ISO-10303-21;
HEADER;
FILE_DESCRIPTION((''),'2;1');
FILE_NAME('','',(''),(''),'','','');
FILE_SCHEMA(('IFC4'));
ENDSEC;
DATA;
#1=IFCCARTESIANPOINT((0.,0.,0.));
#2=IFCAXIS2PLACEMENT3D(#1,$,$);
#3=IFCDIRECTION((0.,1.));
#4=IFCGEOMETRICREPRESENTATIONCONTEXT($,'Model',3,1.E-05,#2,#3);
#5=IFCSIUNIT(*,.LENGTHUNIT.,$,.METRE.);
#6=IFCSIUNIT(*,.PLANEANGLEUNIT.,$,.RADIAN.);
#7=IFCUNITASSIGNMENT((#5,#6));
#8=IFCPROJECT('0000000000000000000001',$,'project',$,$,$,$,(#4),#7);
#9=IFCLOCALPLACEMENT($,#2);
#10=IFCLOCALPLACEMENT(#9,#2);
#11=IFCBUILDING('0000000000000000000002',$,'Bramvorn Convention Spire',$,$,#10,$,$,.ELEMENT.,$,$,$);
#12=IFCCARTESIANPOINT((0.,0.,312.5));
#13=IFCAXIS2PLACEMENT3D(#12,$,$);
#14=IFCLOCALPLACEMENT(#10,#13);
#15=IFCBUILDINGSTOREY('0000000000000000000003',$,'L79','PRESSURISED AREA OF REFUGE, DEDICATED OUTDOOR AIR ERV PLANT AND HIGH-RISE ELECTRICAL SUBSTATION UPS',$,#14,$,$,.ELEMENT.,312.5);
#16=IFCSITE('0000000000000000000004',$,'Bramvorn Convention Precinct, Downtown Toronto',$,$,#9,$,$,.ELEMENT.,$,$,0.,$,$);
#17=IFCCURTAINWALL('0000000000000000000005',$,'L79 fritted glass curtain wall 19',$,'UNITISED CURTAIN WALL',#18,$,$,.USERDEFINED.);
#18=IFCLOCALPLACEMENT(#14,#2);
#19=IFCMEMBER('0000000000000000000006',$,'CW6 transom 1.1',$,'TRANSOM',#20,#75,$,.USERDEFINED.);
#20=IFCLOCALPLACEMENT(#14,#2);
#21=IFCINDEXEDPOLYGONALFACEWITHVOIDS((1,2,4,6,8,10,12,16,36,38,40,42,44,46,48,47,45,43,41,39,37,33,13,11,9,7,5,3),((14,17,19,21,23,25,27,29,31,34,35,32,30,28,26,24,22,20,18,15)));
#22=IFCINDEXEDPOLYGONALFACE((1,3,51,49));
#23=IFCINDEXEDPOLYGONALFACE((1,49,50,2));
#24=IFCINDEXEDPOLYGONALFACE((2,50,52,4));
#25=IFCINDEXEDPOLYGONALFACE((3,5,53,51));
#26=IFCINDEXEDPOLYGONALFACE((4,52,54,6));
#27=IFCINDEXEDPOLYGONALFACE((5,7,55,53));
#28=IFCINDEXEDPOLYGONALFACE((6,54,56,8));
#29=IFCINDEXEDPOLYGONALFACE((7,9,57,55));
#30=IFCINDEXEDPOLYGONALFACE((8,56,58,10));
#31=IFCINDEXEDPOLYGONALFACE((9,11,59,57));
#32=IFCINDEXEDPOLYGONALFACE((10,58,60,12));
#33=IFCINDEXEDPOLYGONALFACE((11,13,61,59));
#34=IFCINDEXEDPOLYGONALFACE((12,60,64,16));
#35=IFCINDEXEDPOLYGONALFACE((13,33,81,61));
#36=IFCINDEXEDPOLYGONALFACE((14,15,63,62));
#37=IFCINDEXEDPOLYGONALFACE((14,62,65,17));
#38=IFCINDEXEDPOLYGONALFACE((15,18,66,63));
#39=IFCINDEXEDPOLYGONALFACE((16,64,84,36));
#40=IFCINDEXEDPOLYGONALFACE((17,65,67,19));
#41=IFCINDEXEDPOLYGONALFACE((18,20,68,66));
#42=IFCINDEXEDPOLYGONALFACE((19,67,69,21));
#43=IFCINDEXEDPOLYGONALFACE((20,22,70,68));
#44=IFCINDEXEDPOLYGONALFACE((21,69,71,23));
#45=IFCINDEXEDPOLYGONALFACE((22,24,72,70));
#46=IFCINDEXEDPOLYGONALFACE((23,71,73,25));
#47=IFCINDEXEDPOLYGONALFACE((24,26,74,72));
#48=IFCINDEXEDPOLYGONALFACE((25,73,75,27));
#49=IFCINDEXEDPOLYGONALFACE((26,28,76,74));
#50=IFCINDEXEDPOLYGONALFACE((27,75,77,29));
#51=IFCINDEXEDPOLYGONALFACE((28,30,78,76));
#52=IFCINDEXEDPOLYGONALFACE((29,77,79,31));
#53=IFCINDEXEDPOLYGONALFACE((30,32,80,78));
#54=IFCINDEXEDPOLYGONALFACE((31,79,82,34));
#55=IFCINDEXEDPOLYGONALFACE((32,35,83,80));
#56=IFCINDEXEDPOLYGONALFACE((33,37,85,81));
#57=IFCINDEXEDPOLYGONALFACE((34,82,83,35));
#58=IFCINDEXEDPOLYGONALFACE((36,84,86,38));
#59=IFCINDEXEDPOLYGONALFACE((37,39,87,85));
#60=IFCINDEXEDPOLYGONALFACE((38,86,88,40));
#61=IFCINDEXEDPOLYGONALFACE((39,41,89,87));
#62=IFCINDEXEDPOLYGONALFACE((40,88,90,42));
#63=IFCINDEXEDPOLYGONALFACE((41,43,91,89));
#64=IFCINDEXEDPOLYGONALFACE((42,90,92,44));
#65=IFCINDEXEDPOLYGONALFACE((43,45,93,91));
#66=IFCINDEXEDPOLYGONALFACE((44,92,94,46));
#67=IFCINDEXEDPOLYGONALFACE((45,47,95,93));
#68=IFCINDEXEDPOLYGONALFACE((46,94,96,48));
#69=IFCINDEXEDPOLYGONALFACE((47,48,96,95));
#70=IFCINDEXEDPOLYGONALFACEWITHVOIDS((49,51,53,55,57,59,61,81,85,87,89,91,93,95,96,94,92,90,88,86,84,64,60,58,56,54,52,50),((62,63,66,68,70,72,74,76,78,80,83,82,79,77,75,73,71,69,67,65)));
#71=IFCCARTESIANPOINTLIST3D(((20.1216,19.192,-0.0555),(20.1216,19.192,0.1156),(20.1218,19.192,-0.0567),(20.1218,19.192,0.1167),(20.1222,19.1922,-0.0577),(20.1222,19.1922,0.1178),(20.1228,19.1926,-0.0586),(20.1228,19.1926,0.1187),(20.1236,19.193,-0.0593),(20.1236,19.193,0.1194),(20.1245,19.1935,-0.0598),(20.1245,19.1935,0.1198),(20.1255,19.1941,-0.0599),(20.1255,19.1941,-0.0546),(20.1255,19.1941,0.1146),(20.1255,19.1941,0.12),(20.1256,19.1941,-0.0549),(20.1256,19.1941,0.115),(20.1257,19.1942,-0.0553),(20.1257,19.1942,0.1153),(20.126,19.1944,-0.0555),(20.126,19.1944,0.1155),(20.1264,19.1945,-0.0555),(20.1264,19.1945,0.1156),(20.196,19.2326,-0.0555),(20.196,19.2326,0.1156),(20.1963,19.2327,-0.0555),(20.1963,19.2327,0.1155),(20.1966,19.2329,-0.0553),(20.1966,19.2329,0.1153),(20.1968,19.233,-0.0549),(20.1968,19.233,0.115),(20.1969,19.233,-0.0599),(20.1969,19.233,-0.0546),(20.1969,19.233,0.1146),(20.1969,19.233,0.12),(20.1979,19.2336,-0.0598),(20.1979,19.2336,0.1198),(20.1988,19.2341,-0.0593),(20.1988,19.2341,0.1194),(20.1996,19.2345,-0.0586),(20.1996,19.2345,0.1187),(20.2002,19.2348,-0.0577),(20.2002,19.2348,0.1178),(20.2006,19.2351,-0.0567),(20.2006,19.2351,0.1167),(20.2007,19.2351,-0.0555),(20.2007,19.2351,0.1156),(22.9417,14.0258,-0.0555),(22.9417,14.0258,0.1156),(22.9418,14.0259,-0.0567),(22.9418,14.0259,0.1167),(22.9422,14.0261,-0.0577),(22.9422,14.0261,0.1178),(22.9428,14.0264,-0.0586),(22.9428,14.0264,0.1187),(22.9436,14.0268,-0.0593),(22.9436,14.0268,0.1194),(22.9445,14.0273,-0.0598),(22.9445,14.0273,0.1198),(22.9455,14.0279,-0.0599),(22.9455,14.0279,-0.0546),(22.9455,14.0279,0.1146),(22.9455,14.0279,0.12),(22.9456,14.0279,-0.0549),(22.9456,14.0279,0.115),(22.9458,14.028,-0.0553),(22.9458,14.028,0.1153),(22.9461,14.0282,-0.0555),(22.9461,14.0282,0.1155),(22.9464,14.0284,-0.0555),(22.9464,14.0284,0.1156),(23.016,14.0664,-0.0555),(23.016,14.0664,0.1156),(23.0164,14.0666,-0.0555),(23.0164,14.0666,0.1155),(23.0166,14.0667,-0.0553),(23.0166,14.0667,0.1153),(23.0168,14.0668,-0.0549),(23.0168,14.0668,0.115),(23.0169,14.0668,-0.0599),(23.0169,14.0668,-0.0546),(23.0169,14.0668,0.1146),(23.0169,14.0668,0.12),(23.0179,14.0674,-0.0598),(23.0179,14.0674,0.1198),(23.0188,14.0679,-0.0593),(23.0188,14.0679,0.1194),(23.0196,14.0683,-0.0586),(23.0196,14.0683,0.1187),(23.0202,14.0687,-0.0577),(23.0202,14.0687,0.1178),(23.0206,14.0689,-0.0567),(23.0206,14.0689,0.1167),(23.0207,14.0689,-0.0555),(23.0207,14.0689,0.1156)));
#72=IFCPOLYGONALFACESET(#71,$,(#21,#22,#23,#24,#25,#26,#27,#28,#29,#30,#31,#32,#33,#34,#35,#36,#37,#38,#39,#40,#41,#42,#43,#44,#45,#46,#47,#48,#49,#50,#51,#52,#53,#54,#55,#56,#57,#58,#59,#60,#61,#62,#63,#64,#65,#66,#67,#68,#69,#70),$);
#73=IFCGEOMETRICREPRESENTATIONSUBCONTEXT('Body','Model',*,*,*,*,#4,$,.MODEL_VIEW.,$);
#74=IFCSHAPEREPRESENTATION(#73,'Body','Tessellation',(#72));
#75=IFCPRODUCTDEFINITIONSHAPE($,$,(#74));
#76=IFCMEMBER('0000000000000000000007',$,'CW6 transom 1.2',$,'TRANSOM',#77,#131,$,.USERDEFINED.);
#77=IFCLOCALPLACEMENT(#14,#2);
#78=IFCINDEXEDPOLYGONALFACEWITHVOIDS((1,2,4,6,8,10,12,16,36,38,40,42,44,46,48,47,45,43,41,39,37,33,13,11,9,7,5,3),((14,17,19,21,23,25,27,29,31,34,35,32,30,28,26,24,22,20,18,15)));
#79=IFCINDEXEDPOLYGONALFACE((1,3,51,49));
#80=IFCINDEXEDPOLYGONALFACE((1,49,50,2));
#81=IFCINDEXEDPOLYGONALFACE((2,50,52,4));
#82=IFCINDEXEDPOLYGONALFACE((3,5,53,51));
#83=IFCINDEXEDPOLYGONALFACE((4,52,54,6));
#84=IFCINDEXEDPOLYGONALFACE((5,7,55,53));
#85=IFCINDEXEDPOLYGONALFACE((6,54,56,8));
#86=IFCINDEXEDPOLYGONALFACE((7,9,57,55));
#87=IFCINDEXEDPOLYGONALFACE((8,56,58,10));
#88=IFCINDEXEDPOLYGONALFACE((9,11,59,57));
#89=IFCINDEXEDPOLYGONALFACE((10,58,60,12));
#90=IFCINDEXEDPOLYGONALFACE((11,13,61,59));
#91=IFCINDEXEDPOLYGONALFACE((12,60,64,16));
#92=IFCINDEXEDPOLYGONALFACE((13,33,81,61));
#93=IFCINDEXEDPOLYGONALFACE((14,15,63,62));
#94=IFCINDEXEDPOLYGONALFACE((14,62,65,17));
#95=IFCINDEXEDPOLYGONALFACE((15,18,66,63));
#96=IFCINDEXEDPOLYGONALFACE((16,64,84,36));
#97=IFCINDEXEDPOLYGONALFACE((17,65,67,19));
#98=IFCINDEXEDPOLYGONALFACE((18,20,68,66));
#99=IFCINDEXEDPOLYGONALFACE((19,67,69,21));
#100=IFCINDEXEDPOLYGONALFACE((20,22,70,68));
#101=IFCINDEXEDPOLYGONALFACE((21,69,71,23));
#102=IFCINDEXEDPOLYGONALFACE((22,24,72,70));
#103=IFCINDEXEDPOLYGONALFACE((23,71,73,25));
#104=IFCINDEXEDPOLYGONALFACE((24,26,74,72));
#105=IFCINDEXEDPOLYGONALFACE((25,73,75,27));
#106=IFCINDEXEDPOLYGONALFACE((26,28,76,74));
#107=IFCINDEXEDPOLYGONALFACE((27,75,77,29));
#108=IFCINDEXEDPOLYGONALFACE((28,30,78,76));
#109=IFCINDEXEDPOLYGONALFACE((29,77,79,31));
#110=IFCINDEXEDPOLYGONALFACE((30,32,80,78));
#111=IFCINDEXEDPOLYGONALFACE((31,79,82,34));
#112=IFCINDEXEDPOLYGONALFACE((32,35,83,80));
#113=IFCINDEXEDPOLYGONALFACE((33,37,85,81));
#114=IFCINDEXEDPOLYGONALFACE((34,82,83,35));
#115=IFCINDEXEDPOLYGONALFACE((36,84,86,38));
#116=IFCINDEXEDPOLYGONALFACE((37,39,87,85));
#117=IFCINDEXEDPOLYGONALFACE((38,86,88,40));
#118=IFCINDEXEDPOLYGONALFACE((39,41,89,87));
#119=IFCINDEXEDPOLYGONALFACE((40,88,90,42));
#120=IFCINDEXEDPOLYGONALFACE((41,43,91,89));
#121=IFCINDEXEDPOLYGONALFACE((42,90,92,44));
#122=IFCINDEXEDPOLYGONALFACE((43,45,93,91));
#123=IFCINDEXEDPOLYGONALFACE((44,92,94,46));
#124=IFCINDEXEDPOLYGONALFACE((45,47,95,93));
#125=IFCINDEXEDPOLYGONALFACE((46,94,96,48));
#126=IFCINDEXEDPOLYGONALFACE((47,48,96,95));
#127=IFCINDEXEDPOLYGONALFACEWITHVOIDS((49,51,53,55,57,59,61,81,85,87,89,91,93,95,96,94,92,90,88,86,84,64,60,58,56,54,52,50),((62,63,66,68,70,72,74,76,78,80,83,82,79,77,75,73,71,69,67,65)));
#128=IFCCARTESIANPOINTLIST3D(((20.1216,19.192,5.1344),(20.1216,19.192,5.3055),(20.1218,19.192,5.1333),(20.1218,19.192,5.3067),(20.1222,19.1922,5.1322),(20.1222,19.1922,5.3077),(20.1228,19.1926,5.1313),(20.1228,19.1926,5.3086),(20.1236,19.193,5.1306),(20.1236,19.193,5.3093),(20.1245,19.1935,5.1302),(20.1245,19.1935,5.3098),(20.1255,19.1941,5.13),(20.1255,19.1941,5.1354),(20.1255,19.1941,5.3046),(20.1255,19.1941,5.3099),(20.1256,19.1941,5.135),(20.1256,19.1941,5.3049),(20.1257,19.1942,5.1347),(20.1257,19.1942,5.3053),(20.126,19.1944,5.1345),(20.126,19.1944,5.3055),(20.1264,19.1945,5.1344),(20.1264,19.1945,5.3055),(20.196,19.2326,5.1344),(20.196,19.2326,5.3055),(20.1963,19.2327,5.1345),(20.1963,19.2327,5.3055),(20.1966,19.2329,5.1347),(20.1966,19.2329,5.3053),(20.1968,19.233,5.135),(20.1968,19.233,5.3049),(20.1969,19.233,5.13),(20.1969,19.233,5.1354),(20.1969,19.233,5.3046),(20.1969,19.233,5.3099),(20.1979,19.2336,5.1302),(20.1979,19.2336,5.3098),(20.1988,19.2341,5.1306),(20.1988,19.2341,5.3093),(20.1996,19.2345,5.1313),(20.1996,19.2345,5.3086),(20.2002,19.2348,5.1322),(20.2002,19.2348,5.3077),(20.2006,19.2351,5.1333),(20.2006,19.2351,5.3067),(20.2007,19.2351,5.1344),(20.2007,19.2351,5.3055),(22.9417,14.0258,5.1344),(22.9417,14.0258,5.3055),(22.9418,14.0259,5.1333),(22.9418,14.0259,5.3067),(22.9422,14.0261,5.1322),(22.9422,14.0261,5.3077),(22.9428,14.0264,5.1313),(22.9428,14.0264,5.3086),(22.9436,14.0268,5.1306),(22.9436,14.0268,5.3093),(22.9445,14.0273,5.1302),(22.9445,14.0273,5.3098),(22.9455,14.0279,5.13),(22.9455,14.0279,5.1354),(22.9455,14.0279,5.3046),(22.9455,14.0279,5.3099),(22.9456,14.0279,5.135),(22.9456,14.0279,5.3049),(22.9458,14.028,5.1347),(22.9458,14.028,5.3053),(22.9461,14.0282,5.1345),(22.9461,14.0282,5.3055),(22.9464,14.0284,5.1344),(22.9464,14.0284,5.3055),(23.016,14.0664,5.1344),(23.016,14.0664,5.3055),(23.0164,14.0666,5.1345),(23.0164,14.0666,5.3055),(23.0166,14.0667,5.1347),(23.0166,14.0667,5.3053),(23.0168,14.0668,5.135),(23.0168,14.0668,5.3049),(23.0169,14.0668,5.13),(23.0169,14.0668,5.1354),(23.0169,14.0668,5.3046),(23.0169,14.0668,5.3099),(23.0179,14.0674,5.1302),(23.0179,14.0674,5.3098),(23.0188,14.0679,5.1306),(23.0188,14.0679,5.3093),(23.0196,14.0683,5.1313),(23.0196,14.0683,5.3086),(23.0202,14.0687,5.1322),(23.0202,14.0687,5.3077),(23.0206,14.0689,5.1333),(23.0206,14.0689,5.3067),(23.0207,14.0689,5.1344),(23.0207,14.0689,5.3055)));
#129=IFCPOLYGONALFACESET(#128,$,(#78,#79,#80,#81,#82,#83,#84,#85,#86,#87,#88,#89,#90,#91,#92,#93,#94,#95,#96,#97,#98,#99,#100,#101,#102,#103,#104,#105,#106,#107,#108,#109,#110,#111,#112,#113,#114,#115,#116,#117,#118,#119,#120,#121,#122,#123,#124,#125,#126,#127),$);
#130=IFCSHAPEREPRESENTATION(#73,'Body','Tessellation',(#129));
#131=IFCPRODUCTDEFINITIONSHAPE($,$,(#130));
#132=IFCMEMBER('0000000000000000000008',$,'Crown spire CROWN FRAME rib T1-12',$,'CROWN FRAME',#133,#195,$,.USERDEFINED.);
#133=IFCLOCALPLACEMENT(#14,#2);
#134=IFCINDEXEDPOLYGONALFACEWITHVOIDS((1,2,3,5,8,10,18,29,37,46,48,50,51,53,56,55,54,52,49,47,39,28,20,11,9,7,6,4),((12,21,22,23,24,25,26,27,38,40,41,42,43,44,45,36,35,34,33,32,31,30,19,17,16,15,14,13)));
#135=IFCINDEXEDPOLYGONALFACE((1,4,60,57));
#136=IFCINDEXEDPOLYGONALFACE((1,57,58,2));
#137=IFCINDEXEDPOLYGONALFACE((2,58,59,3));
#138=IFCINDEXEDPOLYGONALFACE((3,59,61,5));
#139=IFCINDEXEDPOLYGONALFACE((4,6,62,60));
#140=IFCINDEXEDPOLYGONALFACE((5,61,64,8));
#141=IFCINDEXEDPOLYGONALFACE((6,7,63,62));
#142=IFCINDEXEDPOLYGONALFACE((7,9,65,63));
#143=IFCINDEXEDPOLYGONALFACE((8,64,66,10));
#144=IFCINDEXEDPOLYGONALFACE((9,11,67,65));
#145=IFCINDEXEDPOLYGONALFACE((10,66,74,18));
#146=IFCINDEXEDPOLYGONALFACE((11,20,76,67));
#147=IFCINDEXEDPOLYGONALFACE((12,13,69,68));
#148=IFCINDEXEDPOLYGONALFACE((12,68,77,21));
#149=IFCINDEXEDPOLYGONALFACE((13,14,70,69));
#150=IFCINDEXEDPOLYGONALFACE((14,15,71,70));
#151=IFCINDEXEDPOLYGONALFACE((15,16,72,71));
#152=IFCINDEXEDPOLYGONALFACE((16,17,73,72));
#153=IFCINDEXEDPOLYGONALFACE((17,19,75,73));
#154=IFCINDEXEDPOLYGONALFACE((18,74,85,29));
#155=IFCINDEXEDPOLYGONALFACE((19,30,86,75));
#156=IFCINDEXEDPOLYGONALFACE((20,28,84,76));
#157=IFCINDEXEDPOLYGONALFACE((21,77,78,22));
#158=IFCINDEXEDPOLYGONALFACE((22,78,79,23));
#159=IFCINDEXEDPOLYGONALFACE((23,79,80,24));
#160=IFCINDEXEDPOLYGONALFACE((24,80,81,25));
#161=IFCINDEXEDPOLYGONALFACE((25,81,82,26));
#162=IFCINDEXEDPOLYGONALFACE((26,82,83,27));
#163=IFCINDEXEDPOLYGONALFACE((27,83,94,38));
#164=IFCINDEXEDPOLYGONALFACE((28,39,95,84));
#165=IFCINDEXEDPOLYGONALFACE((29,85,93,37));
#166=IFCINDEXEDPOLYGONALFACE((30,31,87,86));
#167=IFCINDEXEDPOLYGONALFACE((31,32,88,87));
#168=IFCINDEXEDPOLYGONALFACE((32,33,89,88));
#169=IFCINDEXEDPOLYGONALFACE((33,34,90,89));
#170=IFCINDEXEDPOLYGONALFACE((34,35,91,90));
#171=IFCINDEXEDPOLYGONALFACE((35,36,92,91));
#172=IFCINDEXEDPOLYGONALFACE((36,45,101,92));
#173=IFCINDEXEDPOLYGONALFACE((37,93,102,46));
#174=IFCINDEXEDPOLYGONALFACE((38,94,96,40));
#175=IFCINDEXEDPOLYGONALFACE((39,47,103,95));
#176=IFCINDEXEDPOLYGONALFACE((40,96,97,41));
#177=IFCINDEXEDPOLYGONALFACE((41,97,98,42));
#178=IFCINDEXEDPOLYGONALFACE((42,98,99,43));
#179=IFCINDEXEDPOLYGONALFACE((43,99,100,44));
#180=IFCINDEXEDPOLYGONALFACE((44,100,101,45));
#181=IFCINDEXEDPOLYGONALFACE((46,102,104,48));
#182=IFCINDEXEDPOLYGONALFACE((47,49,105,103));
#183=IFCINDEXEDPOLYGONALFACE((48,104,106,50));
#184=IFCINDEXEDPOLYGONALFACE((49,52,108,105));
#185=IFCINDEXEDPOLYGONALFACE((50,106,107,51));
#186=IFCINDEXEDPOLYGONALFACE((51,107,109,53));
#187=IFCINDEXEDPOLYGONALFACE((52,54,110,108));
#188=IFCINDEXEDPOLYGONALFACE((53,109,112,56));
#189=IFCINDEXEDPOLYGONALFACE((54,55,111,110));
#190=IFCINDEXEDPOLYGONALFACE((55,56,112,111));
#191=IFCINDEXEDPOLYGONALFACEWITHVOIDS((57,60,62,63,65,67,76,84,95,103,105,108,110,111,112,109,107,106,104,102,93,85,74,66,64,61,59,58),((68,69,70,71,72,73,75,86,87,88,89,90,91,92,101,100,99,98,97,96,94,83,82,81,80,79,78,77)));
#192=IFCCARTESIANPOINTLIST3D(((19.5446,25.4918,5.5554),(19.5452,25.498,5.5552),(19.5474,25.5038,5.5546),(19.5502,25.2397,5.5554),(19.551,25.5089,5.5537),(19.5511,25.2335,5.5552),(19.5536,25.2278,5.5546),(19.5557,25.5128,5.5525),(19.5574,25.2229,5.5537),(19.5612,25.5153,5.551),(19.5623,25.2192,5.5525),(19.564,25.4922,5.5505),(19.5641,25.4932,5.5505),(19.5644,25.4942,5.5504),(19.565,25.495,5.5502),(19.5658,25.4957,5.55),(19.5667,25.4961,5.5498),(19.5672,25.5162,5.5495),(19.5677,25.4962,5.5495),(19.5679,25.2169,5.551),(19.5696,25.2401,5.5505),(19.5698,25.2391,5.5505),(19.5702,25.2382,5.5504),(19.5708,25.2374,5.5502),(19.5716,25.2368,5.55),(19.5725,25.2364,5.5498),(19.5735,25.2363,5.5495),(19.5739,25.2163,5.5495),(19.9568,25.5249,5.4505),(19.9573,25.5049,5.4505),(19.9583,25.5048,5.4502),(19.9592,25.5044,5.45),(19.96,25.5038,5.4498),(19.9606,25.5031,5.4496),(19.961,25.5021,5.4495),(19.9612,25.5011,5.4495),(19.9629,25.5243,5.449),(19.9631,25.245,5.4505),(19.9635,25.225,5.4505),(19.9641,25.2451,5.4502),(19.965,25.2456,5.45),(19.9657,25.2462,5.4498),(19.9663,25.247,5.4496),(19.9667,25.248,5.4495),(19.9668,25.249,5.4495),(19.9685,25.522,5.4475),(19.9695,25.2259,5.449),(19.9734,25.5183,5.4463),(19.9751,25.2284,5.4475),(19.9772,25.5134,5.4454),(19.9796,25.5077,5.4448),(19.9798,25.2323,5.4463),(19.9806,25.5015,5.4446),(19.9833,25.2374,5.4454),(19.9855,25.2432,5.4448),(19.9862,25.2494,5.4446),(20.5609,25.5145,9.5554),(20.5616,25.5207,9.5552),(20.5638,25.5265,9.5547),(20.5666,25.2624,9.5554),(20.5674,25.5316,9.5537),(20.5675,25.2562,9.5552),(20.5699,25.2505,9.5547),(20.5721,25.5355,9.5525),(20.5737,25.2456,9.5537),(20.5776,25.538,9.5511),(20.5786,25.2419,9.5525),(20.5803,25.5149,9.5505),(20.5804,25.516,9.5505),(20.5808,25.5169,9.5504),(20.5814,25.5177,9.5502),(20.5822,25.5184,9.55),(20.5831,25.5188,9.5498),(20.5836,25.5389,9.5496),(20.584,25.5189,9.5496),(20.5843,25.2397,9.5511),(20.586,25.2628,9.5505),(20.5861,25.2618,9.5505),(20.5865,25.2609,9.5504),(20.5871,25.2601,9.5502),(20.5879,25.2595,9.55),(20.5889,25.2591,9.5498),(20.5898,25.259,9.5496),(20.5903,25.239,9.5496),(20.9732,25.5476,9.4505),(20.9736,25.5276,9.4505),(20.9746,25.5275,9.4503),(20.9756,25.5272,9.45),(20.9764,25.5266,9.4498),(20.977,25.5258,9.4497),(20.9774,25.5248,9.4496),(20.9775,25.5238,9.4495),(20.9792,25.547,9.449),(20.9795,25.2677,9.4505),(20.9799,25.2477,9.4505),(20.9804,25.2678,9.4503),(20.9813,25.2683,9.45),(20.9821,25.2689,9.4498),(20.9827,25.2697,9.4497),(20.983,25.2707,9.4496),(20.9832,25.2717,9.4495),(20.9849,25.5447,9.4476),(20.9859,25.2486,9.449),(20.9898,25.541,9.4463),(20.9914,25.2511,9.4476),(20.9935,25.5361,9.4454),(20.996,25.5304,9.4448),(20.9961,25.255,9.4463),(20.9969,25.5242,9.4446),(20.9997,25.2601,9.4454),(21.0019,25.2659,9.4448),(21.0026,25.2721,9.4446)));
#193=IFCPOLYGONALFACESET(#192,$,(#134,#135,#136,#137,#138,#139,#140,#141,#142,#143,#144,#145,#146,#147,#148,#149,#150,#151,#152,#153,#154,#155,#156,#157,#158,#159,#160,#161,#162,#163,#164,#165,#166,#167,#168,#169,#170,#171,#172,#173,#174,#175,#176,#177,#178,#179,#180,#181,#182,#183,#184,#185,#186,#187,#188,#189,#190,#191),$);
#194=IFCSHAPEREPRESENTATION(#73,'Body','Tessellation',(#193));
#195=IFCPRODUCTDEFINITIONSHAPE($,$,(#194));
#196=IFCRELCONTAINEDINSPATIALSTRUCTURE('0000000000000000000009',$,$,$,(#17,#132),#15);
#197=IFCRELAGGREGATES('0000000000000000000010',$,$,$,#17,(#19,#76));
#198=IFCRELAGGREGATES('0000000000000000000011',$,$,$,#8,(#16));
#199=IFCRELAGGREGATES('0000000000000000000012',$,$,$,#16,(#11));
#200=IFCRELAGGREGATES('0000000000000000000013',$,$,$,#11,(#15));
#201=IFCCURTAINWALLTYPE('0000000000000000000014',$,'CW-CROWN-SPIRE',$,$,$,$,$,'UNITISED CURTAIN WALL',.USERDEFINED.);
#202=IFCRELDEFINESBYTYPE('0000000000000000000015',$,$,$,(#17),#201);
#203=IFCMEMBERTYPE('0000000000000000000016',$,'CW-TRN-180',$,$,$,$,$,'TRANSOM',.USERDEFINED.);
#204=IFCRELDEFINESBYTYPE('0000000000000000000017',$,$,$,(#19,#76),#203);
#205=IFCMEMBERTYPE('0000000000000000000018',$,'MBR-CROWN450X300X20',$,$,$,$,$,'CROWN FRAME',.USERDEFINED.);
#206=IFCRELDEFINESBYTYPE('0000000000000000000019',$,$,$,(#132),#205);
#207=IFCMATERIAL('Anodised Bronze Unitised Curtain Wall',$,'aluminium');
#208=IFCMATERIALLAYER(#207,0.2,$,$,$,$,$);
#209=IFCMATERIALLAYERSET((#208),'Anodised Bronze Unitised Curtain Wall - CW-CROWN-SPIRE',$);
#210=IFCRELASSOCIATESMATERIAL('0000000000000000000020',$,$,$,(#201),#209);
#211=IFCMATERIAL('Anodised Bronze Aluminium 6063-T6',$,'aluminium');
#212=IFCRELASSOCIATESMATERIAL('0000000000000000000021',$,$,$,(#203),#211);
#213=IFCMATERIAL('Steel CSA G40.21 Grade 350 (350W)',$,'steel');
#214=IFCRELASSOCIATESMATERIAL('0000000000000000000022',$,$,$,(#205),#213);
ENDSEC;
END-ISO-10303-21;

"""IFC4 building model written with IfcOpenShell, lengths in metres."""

from ifc_helpers import new_model, si_unit, direction, frame, origin, origin_2d, place, context, subcontext, project, spatial, hollow_rectangle, extrude, material, layer, layer_set, material_profile, profile_set, type_object, element, aggregate, save


model = new_model("IFC4")

# Units and contexts
model_context = context("Model", 3, precision=1e-05, world=origin(), true_north=direction((0.0, 1.0)))
body_context = subcontext(model_context, "Body", "Model", "MODEL_VIEW")
ifc_project = project(units=[si_unit("LENGTHUNIT", "METRE"), si_unit("PLANEANGLEUNIT", "RADIAN")], contexts=[model_context])

# Site, building, storey
site_placement = place(None, origin())
site = spatial("IfcSite", under=ifc_project, at=site_placement, Name="Bramvorn Convention Precinct, Downtown Toronto", CompositionType="ELEMENT", RefElevation=0.0)
building_placement = place(site_placement, origin())
building = spatial("IfcBuilding", under=site, at=building_placement, Name="Bramvorn Convention Spire", CompositionType="ELEMENT")
storey_placement = place(building_placement, frame((0.0, 0.0, 312.5)))
storey = spatial("IfcBuildingStorey", under=building, at=storey_placement, Name="L79", Description="PRESSURISED AREA OF REFUGE, DEDICATED OUTDOOR AIR ERV PLANT AND HIGH-RISE ELECTRICAL SUBSTATION UPS", CompositionType="ELEMENT", Elevation=312.5)

# Shared definitions
ifc_material_1 = material(Name="Steel CSA G40.21 Grade 350 (350W)", Category="steel")

# Shared definitions
ifc_material_2 = material(Name="Anodised Bronze Unitised Curtain Wall", Category="aluminium")
ifc_layer_1 = layer(ifc_material_2, 0.2)
ifc_layer_set_1 = layer_set([ifc_layer_1], Name="Anodised Bronze Unitised Curtain Wall - CW-CROWN-SPIRE")
curtain_wall_type = type_object("IfcCurtainWallType", Name="CW-CROWN-SPIRE", ElementType="UNITISED CURTAIN WALL", PredefinedType="USERDEFINED", material=ifc_layer_set_1)
ifc_material_3 = material(Name="Anodised Bronze Aluminium 6063-T6", Category="aluminium")

# Curtain wall
curtain_wall_1_placement = place(storey_placement, origin())
curtain_wall_1 = element("IfcCurtainWall", 1, at=curtain_wall_1_placement, inside=storey, type_object=curtain_wall_type, Name="L79 fritted glass curtain wall 19", ObjectType="UNITISED CURTAIN WALL", PredefinedType="USERDEFINED")

# Members
ifc_material_profile_1 = material_profile(ifc_material_3, hollow_rectangle(XDim=0.0901, YDim=0.1799, WallThickness=0.0044, InnerFilletRadius=0.001, OuterFilletRadius=0.0044, at=origin_2d()))
ifc_profile_set_1 = profile_set([ifc_material_profile_1], Name="Anodised Bronze Aluminium 6063-T6 - CWT90X180")
member_type_1 = type_object("IfcMemberType", Name="CW-TRN-180", ElementType="TRANSOM", PredefinedType="USERDEFINED", material=ifc_profile_set_1)
member_1_placement = place(storey_placement, frame((22.9812, 14.0474, 0.03), z_axis=(-0.479128, 0.877745, 0.0), x_axis=(-0.877745, -0.479128, 0.0)))
member_1 = element("IfcMember", 2, at=member_1_placement, type_object=member_type_1, Name="CW6 transom 1.1", ObjectType="TRANSOM", PredefinedType="USERDEFINED", context=body_context, shape_type="SweptSolid", body=[
    extrude(hollow_rectangle(XDim=0.0901, YDim=0.1799, WallThickness=0.0044, InnerFilletRadius=0.001, OuterFilletRadius=0.0044, at=origin_2d()), origin(), (0.0, 0.0, 1.0), 5.8857),
])
member_2_placement = place(storey_placement, frame((22.9812, 14.0474, 5.22), z_axis=(-0.479128, 0.877745, 0.0), x_axis=(-0.877745, -0.479128, 0.0)))
member_2 = element("IfcMember", 3, at=member_2_placement, type_object=member_type_1, Name="CW6 transom 1.2", ObjectType="TRANSOM", PredefinedType="USERDEFINED", context=body_context, shape_type="SweptSolid", body=[
    extrude(hollow_rectangle(XDim=0.0901, YDim=0.1799, WallThickness=0.0044, InnerFilletRadius=0.001, OuterFilletRadius=0.0044, at=origin_2d()), origin(), (0.0, 0.0, 1.0), 5.8857),
])

# Member
ifc_material_profile_2 = material_profile(ifc_material_1, hollow_rectangle(XDim=0.3, YDim=0.45, WallThickness=0.02, InnerFilletRadius=0.0039, OuterFilletRadius=0.0239, at=origin_2d()))
ifc_profile_set_2 = profile_set([ifc_material_profile_2], Name="Steel CSA G40.21 Grade 350 (350W) - CROWN450X300X20")
member_type_2 = type_object("IfcMemberType", Name="MBR-CROWN450X300X20", ElementType="CROWN FRAME", PredefinedType="USERDEFINED", material=ifc_profile_set_2)
member_3_placement = place(storey_placement, frame((19.7654, 25.3706, 5.5), z_axis=(0.24626, 0.005501, 0.969188), x_axis=(-0.022334, 0.999751, 0.0)))
element("IfcMember", 4, at=member_3_placement, inside=storey, type_object=member_type_2, Name="Crown spire CROWN FRAME rib T1-12", ObjectType="CROWN FRAME", PredefinedType="USERDEFINED", context=body_context, shape_type="SweptSolid", body=[
    extrude(hollow_rectangle(XDim=0.3, YDim=0.45, WallThickness=0.02, InnerFilletRadius=0.0039, OuterFilletRadius=0.0239, at=origin_2d()), origin(), (0.0, 0.0, 1.0), 4.1272),
])

aggregate(curtain_wall_1, [member_1, member_2])

save(model, "model.ifc")
